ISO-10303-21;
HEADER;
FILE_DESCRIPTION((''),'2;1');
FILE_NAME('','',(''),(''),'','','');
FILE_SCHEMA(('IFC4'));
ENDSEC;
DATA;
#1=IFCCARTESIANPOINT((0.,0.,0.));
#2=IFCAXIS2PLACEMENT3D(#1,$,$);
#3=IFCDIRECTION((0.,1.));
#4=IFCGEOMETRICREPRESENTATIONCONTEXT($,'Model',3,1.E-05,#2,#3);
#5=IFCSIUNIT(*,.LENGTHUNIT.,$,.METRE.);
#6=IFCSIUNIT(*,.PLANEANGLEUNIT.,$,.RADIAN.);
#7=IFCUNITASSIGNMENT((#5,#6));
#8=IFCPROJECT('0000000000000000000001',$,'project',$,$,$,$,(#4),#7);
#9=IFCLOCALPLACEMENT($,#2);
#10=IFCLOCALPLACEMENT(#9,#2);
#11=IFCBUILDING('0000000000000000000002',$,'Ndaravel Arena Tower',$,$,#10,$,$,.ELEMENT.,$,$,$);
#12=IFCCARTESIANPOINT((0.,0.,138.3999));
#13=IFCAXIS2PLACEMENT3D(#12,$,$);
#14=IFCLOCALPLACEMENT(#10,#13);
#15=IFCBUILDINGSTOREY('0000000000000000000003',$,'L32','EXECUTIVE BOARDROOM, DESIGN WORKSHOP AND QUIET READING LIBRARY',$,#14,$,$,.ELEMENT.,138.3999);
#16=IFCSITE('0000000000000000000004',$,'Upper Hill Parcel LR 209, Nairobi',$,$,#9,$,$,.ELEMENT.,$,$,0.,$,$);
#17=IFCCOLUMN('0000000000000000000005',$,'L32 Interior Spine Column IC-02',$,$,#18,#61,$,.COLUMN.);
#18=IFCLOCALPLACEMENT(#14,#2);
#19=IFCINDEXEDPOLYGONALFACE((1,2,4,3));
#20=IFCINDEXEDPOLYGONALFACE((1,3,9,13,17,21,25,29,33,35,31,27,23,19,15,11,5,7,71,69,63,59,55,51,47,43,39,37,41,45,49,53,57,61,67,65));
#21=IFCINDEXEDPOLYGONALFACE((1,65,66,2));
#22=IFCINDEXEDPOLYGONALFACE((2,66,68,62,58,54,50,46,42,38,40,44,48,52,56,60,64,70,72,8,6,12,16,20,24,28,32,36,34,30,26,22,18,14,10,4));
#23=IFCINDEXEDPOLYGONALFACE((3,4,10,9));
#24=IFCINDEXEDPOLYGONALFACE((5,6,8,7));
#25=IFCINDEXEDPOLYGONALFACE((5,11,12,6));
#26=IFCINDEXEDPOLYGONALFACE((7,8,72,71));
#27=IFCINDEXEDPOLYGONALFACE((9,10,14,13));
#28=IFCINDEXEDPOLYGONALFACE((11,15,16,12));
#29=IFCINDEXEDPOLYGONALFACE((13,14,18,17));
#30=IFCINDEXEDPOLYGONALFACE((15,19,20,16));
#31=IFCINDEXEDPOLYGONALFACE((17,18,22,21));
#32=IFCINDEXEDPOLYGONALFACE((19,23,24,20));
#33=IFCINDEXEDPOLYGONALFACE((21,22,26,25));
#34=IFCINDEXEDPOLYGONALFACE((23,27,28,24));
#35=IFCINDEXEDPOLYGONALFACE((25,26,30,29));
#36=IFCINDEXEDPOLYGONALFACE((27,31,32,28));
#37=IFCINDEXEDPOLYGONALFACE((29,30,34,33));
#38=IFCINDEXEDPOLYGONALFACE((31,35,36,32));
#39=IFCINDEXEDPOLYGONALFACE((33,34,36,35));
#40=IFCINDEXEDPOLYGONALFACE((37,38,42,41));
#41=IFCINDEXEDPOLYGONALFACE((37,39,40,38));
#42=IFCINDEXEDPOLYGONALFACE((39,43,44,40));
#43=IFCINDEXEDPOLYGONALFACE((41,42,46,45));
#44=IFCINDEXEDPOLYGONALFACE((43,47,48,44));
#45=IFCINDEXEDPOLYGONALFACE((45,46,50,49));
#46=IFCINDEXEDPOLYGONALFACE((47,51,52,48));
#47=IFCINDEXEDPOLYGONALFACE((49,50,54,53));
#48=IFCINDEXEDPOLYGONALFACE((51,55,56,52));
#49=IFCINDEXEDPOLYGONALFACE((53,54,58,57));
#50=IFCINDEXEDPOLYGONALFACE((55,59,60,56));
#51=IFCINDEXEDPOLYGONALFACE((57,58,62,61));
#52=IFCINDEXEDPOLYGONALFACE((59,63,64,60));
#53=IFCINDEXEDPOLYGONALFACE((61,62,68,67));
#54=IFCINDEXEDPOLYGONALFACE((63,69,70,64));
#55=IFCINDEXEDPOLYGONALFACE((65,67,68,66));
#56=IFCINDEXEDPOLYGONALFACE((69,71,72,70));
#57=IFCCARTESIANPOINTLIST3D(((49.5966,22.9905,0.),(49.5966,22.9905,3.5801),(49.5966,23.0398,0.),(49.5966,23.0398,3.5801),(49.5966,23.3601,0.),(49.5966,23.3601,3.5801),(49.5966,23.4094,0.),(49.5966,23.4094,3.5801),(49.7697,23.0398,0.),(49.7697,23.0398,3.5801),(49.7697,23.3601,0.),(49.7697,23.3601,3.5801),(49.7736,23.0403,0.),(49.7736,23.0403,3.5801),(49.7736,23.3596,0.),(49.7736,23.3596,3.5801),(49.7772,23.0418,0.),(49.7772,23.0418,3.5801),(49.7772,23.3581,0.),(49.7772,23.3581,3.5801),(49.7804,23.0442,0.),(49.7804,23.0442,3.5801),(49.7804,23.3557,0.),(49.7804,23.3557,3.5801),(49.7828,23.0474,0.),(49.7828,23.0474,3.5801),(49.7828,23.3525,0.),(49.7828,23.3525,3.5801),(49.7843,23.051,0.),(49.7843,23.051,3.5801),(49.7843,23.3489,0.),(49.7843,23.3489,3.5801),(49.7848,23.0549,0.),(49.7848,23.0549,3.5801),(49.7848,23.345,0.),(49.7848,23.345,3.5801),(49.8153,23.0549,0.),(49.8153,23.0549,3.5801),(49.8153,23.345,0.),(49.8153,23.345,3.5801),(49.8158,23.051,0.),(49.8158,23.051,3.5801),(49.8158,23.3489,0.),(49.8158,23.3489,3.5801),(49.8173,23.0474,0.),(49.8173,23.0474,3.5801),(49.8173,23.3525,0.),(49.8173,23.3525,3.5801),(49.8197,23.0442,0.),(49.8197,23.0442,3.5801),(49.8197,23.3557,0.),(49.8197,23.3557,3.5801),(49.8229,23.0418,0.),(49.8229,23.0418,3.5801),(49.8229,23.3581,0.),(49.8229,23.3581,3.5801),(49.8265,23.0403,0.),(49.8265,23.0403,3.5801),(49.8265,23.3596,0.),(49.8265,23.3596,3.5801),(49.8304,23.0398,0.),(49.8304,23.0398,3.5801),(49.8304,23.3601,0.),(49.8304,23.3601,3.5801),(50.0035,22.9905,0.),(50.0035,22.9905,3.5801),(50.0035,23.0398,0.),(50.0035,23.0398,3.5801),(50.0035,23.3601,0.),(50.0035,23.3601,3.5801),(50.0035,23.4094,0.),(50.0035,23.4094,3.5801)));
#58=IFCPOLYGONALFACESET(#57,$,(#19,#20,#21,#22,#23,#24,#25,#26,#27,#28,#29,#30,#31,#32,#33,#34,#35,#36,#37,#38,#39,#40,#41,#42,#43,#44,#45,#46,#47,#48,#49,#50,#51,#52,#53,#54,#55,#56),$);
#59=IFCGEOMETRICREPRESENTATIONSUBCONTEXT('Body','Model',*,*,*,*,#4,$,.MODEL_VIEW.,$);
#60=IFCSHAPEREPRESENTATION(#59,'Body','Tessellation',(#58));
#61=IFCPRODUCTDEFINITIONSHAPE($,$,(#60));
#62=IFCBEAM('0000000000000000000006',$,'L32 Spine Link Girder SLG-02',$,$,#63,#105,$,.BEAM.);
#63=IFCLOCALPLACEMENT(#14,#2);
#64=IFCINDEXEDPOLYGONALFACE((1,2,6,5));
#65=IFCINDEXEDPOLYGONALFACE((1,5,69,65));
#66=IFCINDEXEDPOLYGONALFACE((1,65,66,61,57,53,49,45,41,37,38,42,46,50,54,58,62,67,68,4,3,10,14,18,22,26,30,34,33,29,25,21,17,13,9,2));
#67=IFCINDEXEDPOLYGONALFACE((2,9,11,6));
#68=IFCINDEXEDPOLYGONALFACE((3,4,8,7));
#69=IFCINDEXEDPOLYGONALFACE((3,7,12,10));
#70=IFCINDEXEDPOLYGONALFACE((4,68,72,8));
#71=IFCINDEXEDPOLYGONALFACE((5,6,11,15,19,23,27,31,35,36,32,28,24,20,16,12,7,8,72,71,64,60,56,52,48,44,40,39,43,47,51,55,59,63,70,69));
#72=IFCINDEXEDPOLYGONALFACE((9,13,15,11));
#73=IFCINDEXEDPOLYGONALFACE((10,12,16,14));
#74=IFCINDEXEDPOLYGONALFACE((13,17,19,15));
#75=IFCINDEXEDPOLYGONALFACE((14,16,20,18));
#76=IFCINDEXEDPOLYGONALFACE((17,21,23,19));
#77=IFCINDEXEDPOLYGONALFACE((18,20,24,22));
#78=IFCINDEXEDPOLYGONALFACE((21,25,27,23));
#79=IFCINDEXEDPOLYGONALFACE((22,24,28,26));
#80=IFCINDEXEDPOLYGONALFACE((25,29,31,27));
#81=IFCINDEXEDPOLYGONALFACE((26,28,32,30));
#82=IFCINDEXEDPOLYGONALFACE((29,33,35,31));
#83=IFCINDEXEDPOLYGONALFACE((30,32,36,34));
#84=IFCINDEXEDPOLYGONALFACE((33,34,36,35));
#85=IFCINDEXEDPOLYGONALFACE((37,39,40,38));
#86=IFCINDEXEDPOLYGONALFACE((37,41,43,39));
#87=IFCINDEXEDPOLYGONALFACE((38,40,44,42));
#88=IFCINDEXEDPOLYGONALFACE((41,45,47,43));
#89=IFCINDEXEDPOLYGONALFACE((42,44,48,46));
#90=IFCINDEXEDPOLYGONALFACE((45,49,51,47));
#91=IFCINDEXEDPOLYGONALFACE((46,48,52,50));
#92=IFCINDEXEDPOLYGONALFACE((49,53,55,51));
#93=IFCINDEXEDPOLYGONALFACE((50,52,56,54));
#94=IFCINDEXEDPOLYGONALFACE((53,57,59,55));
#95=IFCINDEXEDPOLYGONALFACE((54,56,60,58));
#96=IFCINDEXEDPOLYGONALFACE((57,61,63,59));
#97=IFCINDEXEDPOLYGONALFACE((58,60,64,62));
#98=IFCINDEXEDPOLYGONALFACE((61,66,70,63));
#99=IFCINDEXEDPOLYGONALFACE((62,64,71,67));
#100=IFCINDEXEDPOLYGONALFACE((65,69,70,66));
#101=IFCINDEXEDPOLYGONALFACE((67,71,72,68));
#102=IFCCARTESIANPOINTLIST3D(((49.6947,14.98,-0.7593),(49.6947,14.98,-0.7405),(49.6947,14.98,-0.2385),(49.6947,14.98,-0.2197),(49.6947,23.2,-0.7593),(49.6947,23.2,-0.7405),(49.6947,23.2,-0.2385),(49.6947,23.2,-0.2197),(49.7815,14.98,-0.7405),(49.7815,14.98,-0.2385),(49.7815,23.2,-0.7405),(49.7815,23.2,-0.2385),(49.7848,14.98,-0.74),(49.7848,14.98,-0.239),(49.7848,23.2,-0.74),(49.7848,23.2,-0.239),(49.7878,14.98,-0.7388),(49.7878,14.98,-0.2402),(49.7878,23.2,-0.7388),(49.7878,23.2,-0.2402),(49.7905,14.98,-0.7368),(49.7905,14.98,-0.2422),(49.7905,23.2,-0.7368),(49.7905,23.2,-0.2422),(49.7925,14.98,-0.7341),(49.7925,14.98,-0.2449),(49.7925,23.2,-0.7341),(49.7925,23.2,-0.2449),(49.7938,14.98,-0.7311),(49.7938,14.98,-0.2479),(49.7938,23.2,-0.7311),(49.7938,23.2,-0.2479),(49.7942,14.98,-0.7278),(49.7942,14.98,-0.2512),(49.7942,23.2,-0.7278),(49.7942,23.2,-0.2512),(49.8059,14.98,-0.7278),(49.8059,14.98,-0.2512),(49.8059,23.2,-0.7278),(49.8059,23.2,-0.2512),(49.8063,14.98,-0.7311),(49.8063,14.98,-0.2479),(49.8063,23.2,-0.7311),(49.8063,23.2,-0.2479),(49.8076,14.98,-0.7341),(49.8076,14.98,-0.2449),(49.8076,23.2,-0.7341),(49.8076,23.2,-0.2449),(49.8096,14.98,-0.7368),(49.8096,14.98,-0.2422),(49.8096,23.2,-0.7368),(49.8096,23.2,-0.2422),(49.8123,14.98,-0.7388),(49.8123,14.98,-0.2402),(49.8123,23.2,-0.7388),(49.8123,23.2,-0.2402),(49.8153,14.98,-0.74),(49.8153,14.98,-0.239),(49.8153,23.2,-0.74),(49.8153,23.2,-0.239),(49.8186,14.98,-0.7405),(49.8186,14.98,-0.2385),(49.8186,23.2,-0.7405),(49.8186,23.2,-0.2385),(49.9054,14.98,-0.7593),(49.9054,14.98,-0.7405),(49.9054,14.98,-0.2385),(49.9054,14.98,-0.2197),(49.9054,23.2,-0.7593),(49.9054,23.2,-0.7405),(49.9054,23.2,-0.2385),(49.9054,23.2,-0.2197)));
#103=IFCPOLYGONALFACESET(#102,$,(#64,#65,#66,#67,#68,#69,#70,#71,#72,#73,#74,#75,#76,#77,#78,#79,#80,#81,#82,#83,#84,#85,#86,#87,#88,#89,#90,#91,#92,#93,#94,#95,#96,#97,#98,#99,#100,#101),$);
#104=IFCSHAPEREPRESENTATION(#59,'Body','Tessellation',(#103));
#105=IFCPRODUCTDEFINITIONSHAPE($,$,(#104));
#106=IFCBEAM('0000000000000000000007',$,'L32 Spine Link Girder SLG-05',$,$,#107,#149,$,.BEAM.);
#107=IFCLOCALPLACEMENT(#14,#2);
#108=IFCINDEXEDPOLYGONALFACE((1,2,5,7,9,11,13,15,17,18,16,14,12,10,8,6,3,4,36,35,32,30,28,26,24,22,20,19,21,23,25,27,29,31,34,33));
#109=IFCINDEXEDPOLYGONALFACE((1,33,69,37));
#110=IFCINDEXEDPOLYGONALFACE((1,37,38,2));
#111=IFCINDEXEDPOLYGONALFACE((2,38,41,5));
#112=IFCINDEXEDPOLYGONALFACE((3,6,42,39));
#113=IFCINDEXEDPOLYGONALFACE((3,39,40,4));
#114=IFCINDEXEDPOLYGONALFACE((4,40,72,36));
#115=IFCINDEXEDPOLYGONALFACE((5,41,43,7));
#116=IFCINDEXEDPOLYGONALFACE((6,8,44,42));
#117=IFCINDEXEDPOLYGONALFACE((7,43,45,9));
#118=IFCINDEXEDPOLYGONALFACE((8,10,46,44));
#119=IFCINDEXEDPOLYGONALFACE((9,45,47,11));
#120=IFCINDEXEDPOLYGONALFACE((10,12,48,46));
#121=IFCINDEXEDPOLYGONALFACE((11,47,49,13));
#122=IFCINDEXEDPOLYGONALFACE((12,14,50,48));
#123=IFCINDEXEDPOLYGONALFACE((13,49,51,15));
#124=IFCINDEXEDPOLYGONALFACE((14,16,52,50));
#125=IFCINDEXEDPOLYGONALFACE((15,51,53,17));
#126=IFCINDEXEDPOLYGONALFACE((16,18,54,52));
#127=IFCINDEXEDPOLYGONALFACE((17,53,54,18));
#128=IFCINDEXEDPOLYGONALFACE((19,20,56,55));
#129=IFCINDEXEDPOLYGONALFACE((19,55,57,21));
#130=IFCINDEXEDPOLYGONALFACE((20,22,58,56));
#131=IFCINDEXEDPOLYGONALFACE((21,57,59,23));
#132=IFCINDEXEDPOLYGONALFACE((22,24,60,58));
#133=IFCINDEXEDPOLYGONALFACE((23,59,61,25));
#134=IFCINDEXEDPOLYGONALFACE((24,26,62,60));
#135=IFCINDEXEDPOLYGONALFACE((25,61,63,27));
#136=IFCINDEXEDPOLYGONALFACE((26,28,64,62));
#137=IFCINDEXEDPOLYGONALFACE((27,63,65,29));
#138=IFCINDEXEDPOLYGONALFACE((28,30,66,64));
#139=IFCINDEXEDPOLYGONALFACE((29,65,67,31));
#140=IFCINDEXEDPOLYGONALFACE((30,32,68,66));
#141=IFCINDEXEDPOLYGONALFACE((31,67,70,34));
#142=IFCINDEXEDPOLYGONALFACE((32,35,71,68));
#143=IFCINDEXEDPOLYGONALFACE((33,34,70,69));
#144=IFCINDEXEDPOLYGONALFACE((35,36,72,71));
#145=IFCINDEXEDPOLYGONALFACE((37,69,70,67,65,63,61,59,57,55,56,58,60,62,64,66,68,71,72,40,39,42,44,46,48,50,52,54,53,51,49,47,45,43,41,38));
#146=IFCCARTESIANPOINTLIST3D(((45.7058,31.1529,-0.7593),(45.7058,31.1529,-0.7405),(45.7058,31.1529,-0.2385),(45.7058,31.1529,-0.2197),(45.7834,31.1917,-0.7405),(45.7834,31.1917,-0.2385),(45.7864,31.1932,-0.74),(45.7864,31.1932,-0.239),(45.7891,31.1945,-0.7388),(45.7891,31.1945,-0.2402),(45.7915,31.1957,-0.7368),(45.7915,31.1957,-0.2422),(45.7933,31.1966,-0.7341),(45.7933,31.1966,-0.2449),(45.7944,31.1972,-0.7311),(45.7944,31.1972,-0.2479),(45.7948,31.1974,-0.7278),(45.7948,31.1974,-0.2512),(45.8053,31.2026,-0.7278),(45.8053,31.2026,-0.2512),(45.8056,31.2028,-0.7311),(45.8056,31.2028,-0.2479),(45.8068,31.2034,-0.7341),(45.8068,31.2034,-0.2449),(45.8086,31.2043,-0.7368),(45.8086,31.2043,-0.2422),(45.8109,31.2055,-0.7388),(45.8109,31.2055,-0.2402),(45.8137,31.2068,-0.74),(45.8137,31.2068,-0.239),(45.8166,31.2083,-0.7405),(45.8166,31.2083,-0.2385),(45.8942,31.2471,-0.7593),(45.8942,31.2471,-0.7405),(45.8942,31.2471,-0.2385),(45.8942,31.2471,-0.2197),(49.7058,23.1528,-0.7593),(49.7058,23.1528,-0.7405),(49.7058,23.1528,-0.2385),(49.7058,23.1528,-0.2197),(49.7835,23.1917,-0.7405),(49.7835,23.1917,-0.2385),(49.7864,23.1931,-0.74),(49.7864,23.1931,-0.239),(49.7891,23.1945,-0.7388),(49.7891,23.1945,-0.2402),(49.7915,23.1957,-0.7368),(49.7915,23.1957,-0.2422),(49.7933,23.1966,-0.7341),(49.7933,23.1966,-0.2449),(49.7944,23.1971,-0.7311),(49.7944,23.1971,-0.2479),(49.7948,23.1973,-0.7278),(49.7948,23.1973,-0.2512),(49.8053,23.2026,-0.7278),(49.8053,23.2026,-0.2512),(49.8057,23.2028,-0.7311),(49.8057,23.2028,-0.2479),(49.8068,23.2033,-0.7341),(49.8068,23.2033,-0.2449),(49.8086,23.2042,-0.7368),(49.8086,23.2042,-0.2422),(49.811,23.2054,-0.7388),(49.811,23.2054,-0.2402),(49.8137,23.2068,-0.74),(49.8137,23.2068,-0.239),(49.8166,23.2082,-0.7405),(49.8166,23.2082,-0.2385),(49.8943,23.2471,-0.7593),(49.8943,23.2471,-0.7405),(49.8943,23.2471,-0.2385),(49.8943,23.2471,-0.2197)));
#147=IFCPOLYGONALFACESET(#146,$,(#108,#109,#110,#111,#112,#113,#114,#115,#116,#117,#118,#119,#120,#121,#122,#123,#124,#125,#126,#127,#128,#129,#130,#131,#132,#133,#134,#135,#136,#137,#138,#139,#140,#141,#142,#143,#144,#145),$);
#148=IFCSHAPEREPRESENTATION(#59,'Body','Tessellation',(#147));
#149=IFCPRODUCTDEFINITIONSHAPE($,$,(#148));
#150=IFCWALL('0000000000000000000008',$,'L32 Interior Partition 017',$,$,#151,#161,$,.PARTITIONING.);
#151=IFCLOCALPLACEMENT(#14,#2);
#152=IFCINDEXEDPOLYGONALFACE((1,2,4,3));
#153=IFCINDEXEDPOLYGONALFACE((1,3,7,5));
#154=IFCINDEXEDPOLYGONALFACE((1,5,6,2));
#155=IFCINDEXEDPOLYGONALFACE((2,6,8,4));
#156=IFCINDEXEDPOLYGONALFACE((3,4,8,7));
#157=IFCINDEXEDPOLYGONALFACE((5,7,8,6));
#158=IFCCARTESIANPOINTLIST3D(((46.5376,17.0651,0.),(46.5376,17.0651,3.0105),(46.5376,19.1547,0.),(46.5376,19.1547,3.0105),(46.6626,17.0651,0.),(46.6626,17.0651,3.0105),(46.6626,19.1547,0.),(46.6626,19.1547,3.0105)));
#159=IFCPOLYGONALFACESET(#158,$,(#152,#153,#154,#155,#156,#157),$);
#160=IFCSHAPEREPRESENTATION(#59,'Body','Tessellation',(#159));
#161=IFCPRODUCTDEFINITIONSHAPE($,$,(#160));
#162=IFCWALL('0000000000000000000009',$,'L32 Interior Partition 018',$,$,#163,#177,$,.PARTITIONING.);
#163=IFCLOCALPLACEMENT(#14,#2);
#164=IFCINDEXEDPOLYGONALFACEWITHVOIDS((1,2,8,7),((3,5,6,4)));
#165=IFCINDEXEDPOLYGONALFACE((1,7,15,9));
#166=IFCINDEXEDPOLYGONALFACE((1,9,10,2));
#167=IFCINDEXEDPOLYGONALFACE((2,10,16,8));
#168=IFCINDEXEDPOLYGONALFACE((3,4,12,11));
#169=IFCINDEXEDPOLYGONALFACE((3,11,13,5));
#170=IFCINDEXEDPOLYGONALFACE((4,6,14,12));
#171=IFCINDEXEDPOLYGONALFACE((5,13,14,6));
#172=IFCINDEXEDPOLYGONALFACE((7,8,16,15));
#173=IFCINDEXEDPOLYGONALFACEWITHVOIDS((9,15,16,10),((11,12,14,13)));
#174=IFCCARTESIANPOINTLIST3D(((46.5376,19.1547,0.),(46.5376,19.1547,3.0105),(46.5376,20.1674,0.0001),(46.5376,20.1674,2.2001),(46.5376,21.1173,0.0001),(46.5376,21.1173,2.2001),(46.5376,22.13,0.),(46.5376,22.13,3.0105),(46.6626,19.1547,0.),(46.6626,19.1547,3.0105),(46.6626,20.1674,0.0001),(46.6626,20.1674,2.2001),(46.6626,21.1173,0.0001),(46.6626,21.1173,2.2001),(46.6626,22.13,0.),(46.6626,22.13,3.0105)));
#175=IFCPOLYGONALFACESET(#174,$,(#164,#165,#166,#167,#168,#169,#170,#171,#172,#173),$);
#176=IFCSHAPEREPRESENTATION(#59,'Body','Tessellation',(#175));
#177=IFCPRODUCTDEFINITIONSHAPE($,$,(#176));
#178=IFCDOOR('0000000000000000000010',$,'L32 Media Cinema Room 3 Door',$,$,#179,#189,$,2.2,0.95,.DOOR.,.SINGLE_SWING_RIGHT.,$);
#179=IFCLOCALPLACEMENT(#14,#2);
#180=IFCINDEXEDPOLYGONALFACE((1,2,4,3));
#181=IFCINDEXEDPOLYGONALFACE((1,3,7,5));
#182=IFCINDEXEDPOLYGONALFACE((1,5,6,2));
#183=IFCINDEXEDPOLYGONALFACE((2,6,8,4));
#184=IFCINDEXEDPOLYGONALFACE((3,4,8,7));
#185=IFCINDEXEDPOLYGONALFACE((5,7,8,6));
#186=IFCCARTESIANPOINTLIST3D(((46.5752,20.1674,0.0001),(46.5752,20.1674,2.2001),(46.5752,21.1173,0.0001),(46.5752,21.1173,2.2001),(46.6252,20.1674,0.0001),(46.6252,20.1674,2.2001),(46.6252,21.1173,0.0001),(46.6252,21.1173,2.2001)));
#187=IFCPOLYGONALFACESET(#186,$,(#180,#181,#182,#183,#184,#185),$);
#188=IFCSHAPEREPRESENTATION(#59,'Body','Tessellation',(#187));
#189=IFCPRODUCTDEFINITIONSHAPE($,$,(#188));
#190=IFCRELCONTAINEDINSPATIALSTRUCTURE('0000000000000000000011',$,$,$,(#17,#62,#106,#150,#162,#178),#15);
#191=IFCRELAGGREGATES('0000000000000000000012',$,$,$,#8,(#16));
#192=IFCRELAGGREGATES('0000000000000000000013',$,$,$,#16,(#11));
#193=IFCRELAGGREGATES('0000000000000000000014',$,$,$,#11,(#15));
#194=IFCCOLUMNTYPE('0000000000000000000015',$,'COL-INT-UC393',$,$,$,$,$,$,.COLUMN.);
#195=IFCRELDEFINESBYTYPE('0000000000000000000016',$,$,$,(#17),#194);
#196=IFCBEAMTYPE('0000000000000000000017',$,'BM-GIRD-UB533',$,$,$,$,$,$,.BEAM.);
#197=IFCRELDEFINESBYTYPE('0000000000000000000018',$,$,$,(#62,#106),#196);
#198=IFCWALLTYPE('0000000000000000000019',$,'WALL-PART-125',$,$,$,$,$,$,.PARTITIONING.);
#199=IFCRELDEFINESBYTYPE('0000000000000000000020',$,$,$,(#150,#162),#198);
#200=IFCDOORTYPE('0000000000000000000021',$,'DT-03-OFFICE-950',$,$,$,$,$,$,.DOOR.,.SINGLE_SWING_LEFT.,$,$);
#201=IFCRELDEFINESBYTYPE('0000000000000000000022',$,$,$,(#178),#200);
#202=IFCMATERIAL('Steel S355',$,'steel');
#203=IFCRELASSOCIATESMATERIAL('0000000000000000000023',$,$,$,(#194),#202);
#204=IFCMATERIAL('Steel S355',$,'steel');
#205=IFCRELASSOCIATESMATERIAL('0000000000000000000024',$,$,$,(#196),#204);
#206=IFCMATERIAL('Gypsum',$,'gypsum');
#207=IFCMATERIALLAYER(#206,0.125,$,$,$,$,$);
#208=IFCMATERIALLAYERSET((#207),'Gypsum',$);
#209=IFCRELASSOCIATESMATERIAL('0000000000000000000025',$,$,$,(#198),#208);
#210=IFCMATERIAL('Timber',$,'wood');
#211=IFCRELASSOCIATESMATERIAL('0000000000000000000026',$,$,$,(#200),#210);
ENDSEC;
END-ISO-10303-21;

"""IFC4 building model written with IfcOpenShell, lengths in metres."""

from ifc_helpers import new_model, si_unit, direction, frame, frame_2d, origin, origin_2d, place, context, subcontext, project, spatial, rectangle, i_section, extrude, material, layer, layer_set, material_profile, profile_set, type_object, element, fill, save


model = new_model("IFC4")

# Units and contexts
model_context = context("Model", 3, precision=1e-05, world=origin(), true_north=direction((0.0, 1.0)))
body_context = subcontext(model_context, "Body", "Model", "MODEL_VIEW")
ifc_project = project(units=[si_unit("LENGTHUNIT", "METRE"), si_unit("PLANEANGLEUNIT", "RADIAN")], contexts=[model_context])

# Site, building, storey
site_placement = place(None, origin())
site = spatial("IfcSite", under=ifc_project, at=site_placement, Name="Upper Hill Parcel LR 209, Nairobi", CompositionType="ELEMENT", RefElevation=0.0)
building_placement = place(site_placement, origin())
building = spatial("IfcBuilding", under=site, at=building_placement, Name="Ndaravel Arena Tower", CompositionType="ELEMENT")
storey_placement = place(building_placement, frame((0.0, 0.0, 138.3999)))
storey = spatial("IfcBuildingStorey", under=building, at=storey_placement, Name="L32", Description="EXECUTIVE BOARDROOM, DESIGN WORKSHOP AND QUIET READING LIBRARY", CompositionType="ELEMENT", Elevation=138.3999)

# Column
ifc_material_1 = material(Name="Steel S355", Category="steel")
ifc_material_profile_1 = material_profile(ifc_material_1, i_section(OverallWidth=0.407, OverallDepth=0.4189, WebThickness=0.0305, FlangeThickness=0.0493, FilletRadius=0.0151, at=origin_2d()), Name="UC 356x406x393")
ifc_profile_set_1 = profile_set([ifc_material_profile_1], Name="Steel S355")
column_type = type_object("IfcColumnType", Name="COL-INT-UC393", PredefinedType="COLUMN", material=ifc_profile_set_1)
column_placement = place(storey_placement, frame((49.8, 23.2, 0.0), z_axis=(0.0, 0.0, 1.0), x_axis=(1.0, 0.0, 0.0)))
element("IfcColumn", 1, at=column_placement, inside=storey, type_object=column_type, Name="L32 Interior Spine Column IC-02", PredefinedType="COLUMN", context=body_context, shape_type="SweptSolid", body=[
    extrude(i_section(OverallWidth=0.407, OverallDepth=0.4189, WebThickness=0.0305, FlangeThickness=0.0493, FilletRadius=0.0151, at=origin_2d()), origin(), (0.0, 0.0, 1.0), 3.5801),
])

# Beams
ifc_material_2 = material(Name="Steel S355", Category="steel")
ifc_material_profile_2 = material_profile(ifc_material_2, i_section(OverallWidth=0.2107, OverallDepth=0.5396, WebThickness=0.0117, FlangeThickness=0.0188, FilletRadius=0.0127, at=origin_2d()), Name="UB 533x210x109")
ifc_profile_set_2 = profile_set([ifc_material_profile_2], Name="Steel S355")
beam_type = type_object("IfcBeamType", Name="BM-GIRD-UB533", PredefinedType="BEAM", material=ifc_profile_set_2)
beam_1_placement = place(storey_placement, frame((49.8, 14.98, -0.4895), z_axis=(0.0, 1.0, 0.0), x_axis=(-1.0, 0.0, 0.0)))
element("IfcBeam", 2, at=beam_1_placement, inside=storey, type_object=beam_type, Name="L32 Spine Link Girder SLG-02", PredefinedType="BEAM", context=body_context, shape_type="SweptSolid", body=[
    extrude(i_section(OverallWidth=0.2107, OverallDepth=0.5396, WebThickness=0.0117, FlangeThickness=0.0188, FilletRadius=0.0127, at=origin_2d()), origin(), (0.0, 0.0, 1.0), 8.22),
])
beam_2_placement = place(storey_placement, frame((49.8, 23.2, -0.4895), z_axis=(-0.447214, 0.894427, 0.0), x_axis=(-0.894427, -0.447214, 0.0)))
element("IfcBeam", 3, at=beam_2_placement, inside=storey, type_object=beam_type, Name="L32 Spine Link Girder SLG-05", PredefinedType="BEAM", context=body_context, shape_type="SweptSolid", body=[
    extrude(i_section(OverallWidth=0.2107, OverallDepth=0.5396, WebThickness=0.0117, FlangeThickness=0.0188, FilletRadius=0.0127, at=origin_2d()), origin(), (0.0, 0.0, 1.0), 8.9443),
])

# Wall
ifc_material_3 = material(Name="Gypsum", Category="gypsum")
ifc_layer_1 = layer(ifc_material_3, 0.125)
ifc_layer_set_1 = layer_set([ifc_layer_1], Name="Gypsum")
wall_type_1 = type_object("IfcWallType", Name="WALL-PART-125", PredefinedType="PARTITIONING", material=ifc_layer_set_1)
wall_1_placement = place(storey_placement, frame((46.6001, 17.0649, 0.0), z_axis=(0.0, 0.0, 1.0), x_axis=(0.0, 1.0, 0.0)))
element("IfcWall", 4, at=wall_1_placement, inside=storey, type_object=wall_type_1, Name="L32 Interior Partition 017", PredefinedType="PARTITIONING", context=body_context, shape_type="SweptSolid", body=[
    extrude(rectangle(XDim=2.0896, YDim=0.125, at=frame_2d((1.0449, 0.0))), origin(), (0.0, 0.0, 1.0), 3.0105),
])

# Wall, opening, door
wall_2_placement = place(storey_placement, frame((46.6001, 19.1545, 0.0), z_axis=(0.0, 0.0, 1.0), x_axis=(0.0, 1.0, 0.0)))
wall_2 = element("IfcWall", 5, at=wall_2_placement, inside=storey, type_object=wall_type_1, Name="L32 Interior Partition 018", PredefinedType="PARTITIONING", context=body_context, shape_type="SweptSolid", body=[
    extrude(rectangle(XDim=2.9753, YDim=0.125, at=frame_2d((1.4878, 0.0))), origin(), (0.0, 0.0, 1.0), 3.0105),
])
opening_1_placement = place(wall_2_placement, frame((1.0127, 0.0, 0.0)))
opening_1 = element("IfcOpeningElement", 6, at=opening_1_placement, cuts=wall_2, PredefinedType="OPENING", context=body_context, shape_type="SweptSolid", body=[
    extrude(rectangle(XDim=0.95, YDim=2.2, at=frame_2d((0.4751, 1.1001))), frame((0.0, 0.0625, 0.0), z_axis=(0.0, -1.0, 0.0), x_axis=(1.0, 0.0, 0.0)), (0.0, 0.0, 1.0), 0.125),
])
ifc_material_4 = material(Name="Timber", Category="wood")
door_type_1 = type_object("IfcDoorType", Name="DT-03-OFFICE-950", OperationType="SINGLE_SWING_LEFT", PredefinedType="DOOR", material=ifc_material_4)
door_1_placement = place(opening_1_placement, origin())
door_1 = element("IfcDoor", 7, at=door_1_placement, inside=storey, type_object=door_type_1, Name="L32 Media Cinema Room 3 Door", OperationType="SINGLE_SWING_RIGHT", OverallHeight=2.2, OverallWidth=0.95, PredefinedType="DOOR", context=body_context, shape_type="SweptSolid", body=[
    extrude(rectangle(XDim=0.95, YDim=2.2, at=frame_2d((0.4751, 1.1001))), frame((0.0, 0.0249, 0.0), z_axis=(0.0, -1.0, 0.0), x_axis=(1.0, 0.0, 0.0)), (0.0, 0.0, 1.0), 0.05),
])
fill(opening_1, door_1)

save(model, "model.ifc")
